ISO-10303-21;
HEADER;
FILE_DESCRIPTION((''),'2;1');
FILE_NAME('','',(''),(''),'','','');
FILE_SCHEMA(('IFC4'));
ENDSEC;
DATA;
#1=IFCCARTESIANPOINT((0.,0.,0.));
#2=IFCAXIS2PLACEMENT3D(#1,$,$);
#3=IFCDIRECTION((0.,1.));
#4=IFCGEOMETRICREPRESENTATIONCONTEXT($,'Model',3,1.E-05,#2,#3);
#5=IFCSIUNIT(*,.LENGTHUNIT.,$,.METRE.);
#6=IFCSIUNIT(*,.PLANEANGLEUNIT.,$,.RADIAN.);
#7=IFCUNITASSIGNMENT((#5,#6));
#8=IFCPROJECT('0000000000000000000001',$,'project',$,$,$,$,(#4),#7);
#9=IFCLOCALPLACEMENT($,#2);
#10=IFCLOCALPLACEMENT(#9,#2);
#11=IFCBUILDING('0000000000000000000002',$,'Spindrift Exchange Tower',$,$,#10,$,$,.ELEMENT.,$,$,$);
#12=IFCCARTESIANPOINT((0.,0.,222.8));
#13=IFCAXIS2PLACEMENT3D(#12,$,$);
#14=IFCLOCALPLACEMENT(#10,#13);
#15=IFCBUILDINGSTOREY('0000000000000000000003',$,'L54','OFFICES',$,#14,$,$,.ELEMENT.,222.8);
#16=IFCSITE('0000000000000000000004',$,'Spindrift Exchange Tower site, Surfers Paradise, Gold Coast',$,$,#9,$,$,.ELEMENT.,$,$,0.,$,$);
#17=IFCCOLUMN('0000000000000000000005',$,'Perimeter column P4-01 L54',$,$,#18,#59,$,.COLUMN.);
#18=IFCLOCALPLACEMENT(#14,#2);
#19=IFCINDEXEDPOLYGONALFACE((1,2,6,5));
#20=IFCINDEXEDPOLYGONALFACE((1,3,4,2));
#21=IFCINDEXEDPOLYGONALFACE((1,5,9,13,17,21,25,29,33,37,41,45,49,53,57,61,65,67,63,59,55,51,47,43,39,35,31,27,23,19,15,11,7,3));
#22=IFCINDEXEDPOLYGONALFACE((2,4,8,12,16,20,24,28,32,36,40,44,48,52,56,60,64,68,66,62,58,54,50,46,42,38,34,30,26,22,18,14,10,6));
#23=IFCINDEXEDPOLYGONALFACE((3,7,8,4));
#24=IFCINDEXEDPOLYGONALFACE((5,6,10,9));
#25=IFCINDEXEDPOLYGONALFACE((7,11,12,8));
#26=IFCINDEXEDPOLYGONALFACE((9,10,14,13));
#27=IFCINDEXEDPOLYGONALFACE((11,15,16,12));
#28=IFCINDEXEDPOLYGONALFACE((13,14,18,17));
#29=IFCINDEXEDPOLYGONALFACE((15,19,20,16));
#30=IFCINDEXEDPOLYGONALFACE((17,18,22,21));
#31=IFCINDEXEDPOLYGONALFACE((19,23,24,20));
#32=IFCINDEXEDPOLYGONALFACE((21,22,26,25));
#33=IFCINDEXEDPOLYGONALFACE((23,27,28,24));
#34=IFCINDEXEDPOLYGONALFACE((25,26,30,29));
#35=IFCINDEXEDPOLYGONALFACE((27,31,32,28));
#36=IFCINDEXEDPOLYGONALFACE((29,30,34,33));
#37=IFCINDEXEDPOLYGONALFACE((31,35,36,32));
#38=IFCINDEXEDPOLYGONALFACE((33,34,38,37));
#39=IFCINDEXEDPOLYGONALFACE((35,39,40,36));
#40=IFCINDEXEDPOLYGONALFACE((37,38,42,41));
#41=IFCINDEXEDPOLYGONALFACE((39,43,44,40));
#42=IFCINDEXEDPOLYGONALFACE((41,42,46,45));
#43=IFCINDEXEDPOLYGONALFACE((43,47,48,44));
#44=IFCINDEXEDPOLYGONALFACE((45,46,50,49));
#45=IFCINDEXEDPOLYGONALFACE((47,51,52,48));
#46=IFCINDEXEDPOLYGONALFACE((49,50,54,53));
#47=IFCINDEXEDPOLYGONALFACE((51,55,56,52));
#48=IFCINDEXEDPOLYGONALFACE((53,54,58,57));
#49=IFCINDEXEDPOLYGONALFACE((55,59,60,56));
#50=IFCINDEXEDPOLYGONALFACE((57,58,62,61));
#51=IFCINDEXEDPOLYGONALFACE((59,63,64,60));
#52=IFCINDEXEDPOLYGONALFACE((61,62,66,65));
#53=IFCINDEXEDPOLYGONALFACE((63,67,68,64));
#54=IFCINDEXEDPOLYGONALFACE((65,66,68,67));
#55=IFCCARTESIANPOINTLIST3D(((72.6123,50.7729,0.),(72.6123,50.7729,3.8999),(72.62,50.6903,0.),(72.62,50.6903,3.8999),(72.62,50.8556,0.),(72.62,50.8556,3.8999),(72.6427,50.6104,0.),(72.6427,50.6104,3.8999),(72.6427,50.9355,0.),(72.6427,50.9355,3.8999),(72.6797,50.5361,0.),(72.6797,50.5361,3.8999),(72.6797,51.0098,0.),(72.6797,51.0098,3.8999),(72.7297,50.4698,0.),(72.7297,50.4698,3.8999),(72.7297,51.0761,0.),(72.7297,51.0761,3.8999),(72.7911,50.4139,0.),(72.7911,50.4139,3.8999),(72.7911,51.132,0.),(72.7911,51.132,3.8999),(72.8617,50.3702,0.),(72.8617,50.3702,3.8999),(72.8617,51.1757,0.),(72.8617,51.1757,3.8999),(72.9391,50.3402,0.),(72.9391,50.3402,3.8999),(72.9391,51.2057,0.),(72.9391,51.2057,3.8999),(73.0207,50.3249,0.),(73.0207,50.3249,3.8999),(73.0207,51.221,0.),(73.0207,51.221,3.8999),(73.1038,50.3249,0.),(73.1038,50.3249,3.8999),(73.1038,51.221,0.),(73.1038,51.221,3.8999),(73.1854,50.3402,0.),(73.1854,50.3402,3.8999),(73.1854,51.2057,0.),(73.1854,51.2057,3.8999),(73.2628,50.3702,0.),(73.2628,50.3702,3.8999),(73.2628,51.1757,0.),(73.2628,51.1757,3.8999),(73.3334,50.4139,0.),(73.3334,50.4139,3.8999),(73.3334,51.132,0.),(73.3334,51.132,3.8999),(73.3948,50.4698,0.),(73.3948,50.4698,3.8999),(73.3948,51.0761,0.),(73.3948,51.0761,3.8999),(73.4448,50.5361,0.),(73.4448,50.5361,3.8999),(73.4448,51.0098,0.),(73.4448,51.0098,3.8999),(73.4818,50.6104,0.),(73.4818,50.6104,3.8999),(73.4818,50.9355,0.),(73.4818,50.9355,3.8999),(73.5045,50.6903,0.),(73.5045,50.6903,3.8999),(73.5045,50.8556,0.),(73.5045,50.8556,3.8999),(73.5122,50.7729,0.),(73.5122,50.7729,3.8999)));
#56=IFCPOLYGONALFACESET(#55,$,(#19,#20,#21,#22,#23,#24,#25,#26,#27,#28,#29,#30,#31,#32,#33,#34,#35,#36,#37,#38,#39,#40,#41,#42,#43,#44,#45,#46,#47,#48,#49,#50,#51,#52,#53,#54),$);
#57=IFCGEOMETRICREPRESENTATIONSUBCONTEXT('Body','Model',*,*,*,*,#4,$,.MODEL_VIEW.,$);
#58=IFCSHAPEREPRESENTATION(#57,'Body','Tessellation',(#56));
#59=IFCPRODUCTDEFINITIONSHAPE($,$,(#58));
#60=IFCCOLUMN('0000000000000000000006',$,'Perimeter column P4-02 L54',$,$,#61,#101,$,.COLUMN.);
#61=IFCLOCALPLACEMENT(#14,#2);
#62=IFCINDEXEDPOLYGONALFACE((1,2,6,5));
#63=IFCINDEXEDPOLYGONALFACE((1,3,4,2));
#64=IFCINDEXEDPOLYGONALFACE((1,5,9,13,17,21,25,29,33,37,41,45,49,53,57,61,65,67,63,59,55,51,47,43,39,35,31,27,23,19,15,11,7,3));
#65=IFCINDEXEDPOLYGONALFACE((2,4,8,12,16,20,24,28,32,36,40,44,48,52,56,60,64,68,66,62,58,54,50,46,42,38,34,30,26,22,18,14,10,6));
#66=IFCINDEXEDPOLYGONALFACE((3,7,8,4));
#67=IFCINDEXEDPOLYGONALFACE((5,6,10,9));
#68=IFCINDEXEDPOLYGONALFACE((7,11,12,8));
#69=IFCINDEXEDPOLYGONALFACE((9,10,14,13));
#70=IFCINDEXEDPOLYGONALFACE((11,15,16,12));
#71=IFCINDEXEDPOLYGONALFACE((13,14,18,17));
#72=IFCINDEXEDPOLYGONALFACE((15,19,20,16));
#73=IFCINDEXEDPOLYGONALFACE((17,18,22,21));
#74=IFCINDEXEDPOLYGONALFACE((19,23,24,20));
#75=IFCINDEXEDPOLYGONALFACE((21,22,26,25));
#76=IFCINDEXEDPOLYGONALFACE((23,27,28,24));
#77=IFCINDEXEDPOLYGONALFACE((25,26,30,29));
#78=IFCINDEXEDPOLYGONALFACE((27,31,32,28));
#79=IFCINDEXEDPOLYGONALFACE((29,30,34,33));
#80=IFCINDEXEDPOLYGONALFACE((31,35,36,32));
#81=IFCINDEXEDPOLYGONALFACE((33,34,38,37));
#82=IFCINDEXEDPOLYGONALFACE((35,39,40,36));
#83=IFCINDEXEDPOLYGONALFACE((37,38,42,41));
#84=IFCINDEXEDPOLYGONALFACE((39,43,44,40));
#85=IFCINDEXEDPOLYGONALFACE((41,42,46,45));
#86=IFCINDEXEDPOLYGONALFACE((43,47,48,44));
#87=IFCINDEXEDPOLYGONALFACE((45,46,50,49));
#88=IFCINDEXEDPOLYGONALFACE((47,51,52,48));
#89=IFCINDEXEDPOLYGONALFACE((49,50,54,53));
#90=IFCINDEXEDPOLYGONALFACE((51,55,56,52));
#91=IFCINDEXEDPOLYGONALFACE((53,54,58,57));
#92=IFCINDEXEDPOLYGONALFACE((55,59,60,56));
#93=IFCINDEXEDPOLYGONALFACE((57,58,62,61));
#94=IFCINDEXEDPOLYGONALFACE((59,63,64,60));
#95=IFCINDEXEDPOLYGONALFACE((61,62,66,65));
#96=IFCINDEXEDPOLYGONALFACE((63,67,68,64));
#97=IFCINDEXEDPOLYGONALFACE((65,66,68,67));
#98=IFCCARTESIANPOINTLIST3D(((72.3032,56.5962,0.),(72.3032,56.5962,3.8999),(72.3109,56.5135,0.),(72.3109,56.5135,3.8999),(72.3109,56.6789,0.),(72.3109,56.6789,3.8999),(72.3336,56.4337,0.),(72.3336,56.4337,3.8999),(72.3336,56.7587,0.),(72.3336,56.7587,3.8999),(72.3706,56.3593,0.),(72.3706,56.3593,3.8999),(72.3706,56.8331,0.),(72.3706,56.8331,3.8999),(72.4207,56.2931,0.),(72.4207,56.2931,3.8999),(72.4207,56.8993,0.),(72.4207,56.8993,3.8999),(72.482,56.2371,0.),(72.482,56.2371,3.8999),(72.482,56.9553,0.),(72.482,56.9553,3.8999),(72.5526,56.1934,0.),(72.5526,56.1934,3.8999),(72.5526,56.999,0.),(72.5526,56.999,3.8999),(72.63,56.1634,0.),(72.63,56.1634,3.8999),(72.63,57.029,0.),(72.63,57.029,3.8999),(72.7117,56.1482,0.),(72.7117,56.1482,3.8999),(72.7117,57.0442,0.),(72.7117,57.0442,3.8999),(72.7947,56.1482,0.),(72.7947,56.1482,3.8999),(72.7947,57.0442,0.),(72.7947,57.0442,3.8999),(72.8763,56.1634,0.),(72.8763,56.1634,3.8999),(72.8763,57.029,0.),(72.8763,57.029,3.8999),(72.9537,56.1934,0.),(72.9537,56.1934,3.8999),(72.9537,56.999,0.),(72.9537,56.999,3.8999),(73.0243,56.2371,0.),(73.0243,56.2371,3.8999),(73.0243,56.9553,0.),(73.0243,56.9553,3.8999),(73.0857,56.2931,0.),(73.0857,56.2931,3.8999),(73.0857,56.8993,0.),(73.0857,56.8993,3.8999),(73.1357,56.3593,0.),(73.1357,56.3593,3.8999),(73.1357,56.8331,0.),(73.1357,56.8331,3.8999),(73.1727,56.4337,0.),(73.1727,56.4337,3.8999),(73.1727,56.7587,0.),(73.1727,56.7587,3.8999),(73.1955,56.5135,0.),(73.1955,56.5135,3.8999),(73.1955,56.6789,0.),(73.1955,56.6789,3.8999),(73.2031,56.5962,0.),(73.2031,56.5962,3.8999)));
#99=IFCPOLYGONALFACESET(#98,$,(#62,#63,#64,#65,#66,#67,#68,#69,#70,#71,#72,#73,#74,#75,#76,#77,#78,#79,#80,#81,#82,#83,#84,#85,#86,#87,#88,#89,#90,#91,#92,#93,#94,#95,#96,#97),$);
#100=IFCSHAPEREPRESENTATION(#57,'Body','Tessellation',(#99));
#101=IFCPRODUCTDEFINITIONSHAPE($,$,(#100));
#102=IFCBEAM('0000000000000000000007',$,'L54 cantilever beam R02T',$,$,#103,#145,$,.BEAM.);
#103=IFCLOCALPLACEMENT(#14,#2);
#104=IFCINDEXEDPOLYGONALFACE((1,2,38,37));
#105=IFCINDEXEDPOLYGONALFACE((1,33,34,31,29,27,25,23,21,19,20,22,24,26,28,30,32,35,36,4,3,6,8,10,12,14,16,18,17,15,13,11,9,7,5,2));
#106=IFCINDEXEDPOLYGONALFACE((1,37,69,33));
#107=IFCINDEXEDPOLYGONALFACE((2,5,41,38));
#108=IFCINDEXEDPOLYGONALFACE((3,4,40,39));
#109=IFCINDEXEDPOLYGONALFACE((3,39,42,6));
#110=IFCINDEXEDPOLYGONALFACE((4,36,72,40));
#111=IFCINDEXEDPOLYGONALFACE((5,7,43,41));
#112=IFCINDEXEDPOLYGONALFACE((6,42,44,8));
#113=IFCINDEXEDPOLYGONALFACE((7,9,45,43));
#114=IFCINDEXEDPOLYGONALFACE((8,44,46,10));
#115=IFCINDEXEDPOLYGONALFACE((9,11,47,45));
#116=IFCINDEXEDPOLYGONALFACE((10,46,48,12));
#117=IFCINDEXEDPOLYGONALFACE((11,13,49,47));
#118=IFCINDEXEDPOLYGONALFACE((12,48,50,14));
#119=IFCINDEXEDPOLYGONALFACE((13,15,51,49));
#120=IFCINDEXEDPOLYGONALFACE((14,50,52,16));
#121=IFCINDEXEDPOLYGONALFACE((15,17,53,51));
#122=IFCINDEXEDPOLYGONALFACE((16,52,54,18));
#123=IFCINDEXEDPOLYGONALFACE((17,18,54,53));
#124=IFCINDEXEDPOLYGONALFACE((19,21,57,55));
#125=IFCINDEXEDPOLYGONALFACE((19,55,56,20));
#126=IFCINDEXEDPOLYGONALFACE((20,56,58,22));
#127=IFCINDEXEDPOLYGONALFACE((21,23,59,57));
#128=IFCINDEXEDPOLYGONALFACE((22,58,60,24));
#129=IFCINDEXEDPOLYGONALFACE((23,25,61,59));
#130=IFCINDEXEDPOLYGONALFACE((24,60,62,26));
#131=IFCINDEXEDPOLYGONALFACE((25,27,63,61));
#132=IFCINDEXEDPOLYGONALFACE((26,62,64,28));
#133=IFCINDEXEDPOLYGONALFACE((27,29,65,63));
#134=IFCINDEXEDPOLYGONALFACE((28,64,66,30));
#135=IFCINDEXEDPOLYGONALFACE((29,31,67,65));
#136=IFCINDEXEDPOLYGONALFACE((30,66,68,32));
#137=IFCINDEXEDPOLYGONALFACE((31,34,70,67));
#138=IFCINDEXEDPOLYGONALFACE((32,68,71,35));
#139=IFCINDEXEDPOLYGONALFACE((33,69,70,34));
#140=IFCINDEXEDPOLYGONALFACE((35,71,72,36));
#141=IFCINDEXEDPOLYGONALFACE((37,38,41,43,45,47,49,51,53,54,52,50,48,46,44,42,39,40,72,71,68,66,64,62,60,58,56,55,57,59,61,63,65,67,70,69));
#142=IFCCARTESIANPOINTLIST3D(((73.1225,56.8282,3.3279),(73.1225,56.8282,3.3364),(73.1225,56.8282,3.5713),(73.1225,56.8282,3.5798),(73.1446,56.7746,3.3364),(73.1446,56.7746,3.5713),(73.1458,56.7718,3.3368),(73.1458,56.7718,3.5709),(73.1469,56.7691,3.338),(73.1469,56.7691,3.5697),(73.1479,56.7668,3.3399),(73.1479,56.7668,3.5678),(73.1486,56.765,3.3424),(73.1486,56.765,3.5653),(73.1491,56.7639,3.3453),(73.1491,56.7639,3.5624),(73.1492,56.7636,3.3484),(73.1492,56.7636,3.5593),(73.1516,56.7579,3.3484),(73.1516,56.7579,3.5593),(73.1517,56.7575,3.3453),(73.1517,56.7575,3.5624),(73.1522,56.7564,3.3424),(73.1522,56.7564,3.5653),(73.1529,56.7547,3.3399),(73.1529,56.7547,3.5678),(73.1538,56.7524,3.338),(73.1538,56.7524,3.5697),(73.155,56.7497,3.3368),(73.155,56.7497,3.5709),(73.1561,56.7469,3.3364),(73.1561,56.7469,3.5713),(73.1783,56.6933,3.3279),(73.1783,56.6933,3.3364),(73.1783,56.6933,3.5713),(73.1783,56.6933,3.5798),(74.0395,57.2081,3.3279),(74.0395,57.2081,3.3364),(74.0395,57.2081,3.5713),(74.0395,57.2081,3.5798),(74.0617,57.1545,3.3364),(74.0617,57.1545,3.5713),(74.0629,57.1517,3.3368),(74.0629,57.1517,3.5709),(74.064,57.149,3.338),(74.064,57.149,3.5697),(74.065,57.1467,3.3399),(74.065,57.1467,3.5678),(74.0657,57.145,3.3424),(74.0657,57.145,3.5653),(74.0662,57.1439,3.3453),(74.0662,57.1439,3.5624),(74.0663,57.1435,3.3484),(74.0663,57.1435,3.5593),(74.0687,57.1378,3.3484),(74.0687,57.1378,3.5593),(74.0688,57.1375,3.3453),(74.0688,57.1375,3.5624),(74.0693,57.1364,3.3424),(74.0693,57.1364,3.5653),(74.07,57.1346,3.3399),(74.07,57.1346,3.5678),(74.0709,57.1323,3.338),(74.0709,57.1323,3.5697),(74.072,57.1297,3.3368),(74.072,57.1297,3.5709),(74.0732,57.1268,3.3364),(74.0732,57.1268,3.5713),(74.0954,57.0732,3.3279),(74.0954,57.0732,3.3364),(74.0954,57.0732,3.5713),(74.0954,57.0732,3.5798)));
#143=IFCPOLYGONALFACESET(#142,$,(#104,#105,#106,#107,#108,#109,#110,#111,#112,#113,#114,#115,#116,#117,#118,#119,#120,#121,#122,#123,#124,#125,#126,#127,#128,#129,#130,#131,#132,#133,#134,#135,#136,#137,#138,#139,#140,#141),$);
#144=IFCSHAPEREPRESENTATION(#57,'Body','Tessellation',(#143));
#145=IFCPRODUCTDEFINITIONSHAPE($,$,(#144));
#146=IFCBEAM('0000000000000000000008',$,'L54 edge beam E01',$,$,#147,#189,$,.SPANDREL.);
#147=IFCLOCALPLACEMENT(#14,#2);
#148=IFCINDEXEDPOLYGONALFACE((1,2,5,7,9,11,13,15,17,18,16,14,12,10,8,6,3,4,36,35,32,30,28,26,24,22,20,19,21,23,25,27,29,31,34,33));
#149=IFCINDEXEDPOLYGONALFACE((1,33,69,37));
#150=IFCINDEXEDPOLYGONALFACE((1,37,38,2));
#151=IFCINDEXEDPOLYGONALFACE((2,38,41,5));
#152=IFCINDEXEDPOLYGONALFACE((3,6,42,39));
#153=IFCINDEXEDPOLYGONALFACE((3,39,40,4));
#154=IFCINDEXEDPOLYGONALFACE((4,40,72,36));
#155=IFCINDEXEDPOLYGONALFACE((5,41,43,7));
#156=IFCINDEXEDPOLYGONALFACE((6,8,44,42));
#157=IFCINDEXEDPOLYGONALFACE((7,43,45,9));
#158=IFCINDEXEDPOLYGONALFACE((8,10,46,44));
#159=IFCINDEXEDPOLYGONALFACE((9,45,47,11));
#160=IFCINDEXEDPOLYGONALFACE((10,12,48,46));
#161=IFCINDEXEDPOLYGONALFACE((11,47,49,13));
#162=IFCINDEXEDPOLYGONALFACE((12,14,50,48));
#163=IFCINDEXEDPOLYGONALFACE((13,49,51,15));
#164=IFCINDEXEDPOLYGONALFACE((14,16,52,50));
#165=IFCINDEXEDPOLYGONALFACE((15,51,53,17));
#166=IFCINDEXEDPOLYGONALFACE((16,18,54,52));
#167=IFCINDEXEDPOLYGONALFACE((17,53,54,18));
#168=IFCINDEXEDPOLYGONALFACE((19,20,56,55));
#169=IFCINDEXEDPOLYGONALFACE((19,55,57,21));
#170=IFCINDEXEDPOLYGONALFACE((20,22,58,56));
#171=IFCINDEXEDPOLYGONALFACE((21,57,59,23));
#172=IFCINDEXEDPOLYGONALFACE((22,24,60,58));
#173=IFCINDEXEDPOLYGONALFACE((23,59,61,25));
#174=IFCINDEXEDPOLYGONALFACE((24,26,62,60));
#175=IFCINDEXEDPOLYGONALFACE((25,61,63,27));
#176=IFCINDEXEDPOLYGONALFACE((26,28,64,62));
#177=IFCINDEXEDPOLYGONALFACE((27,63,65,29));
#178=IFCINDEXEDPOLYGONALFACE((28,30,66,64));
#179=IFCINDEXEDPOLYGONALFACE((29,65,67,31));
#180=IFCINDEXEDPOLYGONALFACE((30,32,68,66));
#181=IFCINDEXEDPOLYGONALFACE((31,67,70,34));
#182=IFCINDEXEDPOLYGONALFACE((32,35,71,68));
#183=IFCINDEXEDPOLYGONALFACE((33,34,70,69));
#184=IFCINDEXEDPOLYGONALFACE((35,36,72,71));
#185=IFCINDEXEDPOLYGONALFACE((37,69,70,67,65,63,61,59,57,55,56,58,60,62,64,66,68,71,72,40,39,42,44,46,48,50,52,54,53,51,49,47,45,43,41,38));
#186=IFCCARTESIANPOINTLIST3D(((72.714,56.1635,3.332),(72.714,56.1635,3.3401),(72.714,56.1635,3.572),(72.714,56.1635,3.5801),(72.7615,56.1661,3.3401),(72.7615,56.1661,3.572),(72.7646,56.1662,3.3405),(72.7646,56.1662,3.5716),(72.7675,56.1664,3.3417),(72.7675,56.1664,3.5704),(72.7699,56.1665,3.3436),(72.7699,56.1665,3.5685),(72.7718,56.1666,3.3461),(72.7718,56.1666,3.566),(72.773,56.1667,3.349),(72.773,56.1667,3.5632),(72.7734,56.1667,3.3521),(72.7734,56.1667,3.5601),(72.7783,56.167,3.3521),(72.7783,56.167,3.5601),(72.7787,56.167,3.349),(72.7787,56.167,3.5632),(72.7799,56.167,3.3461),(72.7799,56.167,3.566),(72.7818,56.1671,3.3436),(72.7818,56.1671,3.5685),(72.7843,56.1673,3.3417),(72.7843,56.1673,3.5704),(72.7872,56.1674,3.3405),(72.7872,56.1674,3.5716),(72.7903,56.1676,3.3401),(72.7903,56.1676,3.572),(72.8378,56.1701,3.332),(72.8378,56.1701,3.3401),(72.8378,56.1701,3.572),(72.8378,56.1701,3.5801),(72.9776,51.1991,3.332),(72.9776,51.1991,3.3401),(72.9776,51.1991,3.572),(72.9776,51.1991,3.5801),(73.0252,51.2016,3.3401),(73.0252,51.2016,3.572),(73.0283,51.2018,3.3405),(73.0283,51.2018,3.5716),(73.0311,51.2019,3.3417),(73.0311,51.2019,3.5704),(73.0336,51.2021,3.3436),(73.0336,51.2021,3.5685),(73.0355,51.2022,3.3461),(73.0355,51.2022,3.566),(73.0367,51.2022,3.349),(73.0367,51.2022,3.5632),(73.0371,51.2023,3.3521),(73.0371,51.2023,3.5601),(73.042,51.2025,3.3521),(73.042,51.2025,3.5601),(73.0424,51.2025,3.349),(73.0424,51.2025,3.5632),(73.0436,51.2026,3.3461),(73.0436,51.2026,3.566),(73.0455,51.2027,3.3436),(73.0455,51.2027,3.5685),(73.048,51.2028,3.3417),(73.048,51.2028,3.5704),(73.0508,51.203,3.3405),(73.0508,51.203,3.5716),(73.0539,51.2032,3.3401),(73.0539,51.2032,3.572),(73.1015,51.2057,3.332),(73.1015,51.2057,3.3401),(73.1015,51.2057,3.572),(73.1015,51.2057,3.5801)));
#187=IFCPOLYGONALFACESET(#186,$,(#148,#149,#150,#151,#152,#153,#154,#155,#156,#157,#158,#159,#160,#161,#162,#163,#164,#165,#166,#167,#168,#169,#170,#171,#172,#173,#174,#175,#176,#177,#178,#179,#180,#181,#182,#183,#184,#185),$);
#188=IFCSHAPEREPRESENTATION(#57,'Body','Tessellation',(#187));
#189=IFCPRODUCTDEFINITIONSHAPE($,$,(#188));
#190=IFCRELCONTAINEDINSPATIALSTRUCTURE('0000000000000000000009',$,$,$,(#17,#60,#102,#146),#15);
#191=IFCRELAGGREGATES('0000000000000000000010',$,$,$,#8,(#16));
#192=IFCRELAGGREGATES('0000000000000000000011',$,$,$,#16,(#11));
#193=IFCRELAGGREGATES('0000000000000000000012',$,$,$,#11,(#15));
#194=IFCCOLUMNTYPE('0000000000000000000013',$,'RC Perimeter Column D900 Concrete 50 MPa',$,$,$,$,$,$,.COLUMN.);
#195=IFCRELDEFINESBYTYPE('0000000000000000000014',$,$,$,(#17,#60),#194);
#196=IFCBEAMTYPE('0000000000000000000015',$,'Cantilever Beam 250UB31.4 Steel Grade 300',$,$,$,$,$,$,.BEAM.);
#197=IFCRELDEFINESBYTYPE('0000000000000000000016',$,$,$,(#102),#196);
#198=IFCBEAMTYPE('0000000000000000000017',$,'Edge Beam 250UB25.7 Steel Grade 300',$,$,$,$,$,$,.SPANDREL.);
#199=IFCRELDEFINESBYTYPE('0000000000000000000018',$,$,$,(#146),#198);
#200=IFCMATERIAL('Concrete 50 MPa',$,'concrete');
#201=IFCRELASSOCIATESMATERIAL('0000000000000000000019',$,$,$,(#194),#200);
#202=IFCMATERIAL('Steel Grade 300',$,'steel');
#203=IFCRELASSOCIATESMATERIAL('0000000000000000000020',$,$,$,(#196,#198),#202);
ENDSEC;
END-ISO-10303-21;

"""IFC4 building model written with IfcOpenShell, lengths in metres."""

from ifc_helpers import new_model, si_unit, direction, frame, origin, origin_2d, place, context, subcontext, project, spatial, circle, i_section, extrude, source, transform, mapped, material, material_profile, profile_set, type_object, element, save


model = new_model("IFC4")

# Units and contexts
model_context = context("Model", 3, precision=1e-05, world=origin(), true_north=direction((0.0, 1.0)))
body_context = subcontext(model_context, "Body", "Model", "MODEL_VIEW")
ifc_project = project(units=[si_unit("LENGTHUNIT", "METRE"), si_unit("PLANEANGLEUNIT", "RADIAN")], contexts=[model_context])

# Site, building, storey
site_placement = place(None, origin())
site = spatial("IfcSite", under=ifc_project, at=site_placement, Name="Spindrift Exchange Tower site, Surfers Paradise, Gold Coast", CompositionType="ELEMENT", RefElevation=0.0)
building_placement = place(site_placement, origin())
building = spatial("IfcBuilding", under=site, at=building_placement, Name="Spindrift Exchange Tower", CompositionType="ELEMENT")
storey_placement = place(building_placement, frame((0.0, 0.0, 222.8)))
storey = spatial("IfcBuildingStorey", under=building, at=storey_placement, Name="L54", Description="OFFICES", CompositionType="ELEMENT", Elevation=222.8)

# Columns
ifc_material_1 = material(Name="Concrete 50 MPa", Category="concrete")
ifc_material_profile_1 = material_profile(ifc_material_1, circle(Radius=0.45, at=origin_2d()), Name="RC D900")
ifc_profile_set_1 = profile_set([ifc_material_profile_1], Name="Concrete 50 MPa")
column_type = type_object("IfcColumnType", Name="RC Perimeter Column D900 Concrete 50 MPa", PredefinedType="COLUMN", material=ifc_profile_set_1)
shared_shape_1 = source(origin(), body_context, "Body", "SweptSolid", [
    extrude(circle(Radius=0.45, at=origin_2d()), origin(), (0.0, 0.0, 1.0), 3.8999),
])
for number, where, z_axis, x_axis, name in (
    (1, (73.0623, 50.7729, 0.0), (0.0, 0.0, 1.0), (1.0, 0.0, 0.0), "Perimeter column P4-01 L54"),
    (2, (72.7532, 56.5962, 0.0), (0.0, 0.0, 1.0), (1.0, 0.0, 0.0), "Perimeter column P4-02 L54"),
):
    element("IfcColumn", number, at=place(storey_placement, frame(where, z_axis=z_axis, x_axis=x_axis)), inside=storey, type_object=column_type, Name=name, PredefinedType="COLUMN", context=body_context, shape_type="MappedRepresentation", body=[
        mapped(shared_shape_1, transform((0.0, 0.0, 0.0), scale=1.0)),
    ])

# Beams
ifc_material_2 = material(Name="Steel Grade 300", Category="steel")
ifc_material_profile_2 = material_profile(ifc_material_2, i_section(OverallWidth=0.146, OverallDepth=0.252, WebThickness=0.0061, FlangeThickness=0.0085, FilletRadius=0.012, at=origin_2d()), Name="250UB31.4")
ifc_profile_set_2 = profile_set([ifc_material_profile_2], Name="Steel Grade 300")
beam_type_1 = type_object("IfcBeamType", Name="Cantilever Beam 250UB31.4 Steel Grade 300", PredefinedType="BEAM", material=ifc_profile_set_2)
shared_shape_2 = source(origin(), body_context, "Body", "SweptSolid", [
    extrude(i_section(OverallWidth=0.146, OverallDepth=0.252, WebThickness=0.0061, FlangeThickness=0.0085, FilletRadius=0.012, at=origin_2d()), origin(), (0.0, 0.0, 1.0), 0.9927),
])
beam_1_placement = place(storey_placement, frame((73.1504, 56.7607, 3.4539), z_axis=(0.923861, 0.382728, 0.0), x_axis=(-0.382728, 0.923861, 0.0)))
element("IfcBeam", 3, at=beam_1_placement, inside=storey, type_object=beam_type_1, Name="L54 cantilever beam R02T", PredefinedType="BEAM", context=body_context, shape_type="MappedRepresentation", body=[
    mapped(shared_shape_2, transform((0.0, 0.0, 0.0), scale=1.0)),
])
ifc_material_profile_3 = material_profile(ifc_material_2, i_section(OverallWidth=0.124, OverallDepth=0.248, WebThickness=0.0049, FlangeThickness=0.0081, FilletRadius=0.012, at=origin_2d()), Name="250UB25.7")
ifc_profile_set_3 = profile_set([ifc_material_profile_3], Name="Steel Grade 300")
beam_type_2 = type_object("IfcBeamType", Name="Edge Beam 250UB25.7 Steel Grade 300", PredefinedType="SPANDREL", material=ifc_profile_set_3)
shared_shape_3 = source(origin(), body_context, "Body", "SweptSolid", [
    extrude(i_section(OverallWidth=0.124, OverallDepth=0.248, WebThickness=0.0049, FlangeThickness=0.0081, FilletRadius=0.012, at=origin_2d()), origin(), (0.0, 0.0, 1.0), 4.9714),
])
beam_2_placement = place(storey_placement, frame((73.0396, 51.2024, 3.4561), z_axis=(-0.053038, 0.998592, 0.0), x_axis=(-0.998592, -0.053038, 0.0)))
element("IfcBeam", 4, at=beam_2_placement, inside=storey, type_object=beam_type_2, Name="L54 edge beam E01", PredefinedType="SPANDREL", context=body_context, shape_type="MappedRepresentation", body=[
    mapped(shared_shape_3, transform((0.0, 0.0, 0.0), scale=1.0)),
])

save(model, "model.ifc")
